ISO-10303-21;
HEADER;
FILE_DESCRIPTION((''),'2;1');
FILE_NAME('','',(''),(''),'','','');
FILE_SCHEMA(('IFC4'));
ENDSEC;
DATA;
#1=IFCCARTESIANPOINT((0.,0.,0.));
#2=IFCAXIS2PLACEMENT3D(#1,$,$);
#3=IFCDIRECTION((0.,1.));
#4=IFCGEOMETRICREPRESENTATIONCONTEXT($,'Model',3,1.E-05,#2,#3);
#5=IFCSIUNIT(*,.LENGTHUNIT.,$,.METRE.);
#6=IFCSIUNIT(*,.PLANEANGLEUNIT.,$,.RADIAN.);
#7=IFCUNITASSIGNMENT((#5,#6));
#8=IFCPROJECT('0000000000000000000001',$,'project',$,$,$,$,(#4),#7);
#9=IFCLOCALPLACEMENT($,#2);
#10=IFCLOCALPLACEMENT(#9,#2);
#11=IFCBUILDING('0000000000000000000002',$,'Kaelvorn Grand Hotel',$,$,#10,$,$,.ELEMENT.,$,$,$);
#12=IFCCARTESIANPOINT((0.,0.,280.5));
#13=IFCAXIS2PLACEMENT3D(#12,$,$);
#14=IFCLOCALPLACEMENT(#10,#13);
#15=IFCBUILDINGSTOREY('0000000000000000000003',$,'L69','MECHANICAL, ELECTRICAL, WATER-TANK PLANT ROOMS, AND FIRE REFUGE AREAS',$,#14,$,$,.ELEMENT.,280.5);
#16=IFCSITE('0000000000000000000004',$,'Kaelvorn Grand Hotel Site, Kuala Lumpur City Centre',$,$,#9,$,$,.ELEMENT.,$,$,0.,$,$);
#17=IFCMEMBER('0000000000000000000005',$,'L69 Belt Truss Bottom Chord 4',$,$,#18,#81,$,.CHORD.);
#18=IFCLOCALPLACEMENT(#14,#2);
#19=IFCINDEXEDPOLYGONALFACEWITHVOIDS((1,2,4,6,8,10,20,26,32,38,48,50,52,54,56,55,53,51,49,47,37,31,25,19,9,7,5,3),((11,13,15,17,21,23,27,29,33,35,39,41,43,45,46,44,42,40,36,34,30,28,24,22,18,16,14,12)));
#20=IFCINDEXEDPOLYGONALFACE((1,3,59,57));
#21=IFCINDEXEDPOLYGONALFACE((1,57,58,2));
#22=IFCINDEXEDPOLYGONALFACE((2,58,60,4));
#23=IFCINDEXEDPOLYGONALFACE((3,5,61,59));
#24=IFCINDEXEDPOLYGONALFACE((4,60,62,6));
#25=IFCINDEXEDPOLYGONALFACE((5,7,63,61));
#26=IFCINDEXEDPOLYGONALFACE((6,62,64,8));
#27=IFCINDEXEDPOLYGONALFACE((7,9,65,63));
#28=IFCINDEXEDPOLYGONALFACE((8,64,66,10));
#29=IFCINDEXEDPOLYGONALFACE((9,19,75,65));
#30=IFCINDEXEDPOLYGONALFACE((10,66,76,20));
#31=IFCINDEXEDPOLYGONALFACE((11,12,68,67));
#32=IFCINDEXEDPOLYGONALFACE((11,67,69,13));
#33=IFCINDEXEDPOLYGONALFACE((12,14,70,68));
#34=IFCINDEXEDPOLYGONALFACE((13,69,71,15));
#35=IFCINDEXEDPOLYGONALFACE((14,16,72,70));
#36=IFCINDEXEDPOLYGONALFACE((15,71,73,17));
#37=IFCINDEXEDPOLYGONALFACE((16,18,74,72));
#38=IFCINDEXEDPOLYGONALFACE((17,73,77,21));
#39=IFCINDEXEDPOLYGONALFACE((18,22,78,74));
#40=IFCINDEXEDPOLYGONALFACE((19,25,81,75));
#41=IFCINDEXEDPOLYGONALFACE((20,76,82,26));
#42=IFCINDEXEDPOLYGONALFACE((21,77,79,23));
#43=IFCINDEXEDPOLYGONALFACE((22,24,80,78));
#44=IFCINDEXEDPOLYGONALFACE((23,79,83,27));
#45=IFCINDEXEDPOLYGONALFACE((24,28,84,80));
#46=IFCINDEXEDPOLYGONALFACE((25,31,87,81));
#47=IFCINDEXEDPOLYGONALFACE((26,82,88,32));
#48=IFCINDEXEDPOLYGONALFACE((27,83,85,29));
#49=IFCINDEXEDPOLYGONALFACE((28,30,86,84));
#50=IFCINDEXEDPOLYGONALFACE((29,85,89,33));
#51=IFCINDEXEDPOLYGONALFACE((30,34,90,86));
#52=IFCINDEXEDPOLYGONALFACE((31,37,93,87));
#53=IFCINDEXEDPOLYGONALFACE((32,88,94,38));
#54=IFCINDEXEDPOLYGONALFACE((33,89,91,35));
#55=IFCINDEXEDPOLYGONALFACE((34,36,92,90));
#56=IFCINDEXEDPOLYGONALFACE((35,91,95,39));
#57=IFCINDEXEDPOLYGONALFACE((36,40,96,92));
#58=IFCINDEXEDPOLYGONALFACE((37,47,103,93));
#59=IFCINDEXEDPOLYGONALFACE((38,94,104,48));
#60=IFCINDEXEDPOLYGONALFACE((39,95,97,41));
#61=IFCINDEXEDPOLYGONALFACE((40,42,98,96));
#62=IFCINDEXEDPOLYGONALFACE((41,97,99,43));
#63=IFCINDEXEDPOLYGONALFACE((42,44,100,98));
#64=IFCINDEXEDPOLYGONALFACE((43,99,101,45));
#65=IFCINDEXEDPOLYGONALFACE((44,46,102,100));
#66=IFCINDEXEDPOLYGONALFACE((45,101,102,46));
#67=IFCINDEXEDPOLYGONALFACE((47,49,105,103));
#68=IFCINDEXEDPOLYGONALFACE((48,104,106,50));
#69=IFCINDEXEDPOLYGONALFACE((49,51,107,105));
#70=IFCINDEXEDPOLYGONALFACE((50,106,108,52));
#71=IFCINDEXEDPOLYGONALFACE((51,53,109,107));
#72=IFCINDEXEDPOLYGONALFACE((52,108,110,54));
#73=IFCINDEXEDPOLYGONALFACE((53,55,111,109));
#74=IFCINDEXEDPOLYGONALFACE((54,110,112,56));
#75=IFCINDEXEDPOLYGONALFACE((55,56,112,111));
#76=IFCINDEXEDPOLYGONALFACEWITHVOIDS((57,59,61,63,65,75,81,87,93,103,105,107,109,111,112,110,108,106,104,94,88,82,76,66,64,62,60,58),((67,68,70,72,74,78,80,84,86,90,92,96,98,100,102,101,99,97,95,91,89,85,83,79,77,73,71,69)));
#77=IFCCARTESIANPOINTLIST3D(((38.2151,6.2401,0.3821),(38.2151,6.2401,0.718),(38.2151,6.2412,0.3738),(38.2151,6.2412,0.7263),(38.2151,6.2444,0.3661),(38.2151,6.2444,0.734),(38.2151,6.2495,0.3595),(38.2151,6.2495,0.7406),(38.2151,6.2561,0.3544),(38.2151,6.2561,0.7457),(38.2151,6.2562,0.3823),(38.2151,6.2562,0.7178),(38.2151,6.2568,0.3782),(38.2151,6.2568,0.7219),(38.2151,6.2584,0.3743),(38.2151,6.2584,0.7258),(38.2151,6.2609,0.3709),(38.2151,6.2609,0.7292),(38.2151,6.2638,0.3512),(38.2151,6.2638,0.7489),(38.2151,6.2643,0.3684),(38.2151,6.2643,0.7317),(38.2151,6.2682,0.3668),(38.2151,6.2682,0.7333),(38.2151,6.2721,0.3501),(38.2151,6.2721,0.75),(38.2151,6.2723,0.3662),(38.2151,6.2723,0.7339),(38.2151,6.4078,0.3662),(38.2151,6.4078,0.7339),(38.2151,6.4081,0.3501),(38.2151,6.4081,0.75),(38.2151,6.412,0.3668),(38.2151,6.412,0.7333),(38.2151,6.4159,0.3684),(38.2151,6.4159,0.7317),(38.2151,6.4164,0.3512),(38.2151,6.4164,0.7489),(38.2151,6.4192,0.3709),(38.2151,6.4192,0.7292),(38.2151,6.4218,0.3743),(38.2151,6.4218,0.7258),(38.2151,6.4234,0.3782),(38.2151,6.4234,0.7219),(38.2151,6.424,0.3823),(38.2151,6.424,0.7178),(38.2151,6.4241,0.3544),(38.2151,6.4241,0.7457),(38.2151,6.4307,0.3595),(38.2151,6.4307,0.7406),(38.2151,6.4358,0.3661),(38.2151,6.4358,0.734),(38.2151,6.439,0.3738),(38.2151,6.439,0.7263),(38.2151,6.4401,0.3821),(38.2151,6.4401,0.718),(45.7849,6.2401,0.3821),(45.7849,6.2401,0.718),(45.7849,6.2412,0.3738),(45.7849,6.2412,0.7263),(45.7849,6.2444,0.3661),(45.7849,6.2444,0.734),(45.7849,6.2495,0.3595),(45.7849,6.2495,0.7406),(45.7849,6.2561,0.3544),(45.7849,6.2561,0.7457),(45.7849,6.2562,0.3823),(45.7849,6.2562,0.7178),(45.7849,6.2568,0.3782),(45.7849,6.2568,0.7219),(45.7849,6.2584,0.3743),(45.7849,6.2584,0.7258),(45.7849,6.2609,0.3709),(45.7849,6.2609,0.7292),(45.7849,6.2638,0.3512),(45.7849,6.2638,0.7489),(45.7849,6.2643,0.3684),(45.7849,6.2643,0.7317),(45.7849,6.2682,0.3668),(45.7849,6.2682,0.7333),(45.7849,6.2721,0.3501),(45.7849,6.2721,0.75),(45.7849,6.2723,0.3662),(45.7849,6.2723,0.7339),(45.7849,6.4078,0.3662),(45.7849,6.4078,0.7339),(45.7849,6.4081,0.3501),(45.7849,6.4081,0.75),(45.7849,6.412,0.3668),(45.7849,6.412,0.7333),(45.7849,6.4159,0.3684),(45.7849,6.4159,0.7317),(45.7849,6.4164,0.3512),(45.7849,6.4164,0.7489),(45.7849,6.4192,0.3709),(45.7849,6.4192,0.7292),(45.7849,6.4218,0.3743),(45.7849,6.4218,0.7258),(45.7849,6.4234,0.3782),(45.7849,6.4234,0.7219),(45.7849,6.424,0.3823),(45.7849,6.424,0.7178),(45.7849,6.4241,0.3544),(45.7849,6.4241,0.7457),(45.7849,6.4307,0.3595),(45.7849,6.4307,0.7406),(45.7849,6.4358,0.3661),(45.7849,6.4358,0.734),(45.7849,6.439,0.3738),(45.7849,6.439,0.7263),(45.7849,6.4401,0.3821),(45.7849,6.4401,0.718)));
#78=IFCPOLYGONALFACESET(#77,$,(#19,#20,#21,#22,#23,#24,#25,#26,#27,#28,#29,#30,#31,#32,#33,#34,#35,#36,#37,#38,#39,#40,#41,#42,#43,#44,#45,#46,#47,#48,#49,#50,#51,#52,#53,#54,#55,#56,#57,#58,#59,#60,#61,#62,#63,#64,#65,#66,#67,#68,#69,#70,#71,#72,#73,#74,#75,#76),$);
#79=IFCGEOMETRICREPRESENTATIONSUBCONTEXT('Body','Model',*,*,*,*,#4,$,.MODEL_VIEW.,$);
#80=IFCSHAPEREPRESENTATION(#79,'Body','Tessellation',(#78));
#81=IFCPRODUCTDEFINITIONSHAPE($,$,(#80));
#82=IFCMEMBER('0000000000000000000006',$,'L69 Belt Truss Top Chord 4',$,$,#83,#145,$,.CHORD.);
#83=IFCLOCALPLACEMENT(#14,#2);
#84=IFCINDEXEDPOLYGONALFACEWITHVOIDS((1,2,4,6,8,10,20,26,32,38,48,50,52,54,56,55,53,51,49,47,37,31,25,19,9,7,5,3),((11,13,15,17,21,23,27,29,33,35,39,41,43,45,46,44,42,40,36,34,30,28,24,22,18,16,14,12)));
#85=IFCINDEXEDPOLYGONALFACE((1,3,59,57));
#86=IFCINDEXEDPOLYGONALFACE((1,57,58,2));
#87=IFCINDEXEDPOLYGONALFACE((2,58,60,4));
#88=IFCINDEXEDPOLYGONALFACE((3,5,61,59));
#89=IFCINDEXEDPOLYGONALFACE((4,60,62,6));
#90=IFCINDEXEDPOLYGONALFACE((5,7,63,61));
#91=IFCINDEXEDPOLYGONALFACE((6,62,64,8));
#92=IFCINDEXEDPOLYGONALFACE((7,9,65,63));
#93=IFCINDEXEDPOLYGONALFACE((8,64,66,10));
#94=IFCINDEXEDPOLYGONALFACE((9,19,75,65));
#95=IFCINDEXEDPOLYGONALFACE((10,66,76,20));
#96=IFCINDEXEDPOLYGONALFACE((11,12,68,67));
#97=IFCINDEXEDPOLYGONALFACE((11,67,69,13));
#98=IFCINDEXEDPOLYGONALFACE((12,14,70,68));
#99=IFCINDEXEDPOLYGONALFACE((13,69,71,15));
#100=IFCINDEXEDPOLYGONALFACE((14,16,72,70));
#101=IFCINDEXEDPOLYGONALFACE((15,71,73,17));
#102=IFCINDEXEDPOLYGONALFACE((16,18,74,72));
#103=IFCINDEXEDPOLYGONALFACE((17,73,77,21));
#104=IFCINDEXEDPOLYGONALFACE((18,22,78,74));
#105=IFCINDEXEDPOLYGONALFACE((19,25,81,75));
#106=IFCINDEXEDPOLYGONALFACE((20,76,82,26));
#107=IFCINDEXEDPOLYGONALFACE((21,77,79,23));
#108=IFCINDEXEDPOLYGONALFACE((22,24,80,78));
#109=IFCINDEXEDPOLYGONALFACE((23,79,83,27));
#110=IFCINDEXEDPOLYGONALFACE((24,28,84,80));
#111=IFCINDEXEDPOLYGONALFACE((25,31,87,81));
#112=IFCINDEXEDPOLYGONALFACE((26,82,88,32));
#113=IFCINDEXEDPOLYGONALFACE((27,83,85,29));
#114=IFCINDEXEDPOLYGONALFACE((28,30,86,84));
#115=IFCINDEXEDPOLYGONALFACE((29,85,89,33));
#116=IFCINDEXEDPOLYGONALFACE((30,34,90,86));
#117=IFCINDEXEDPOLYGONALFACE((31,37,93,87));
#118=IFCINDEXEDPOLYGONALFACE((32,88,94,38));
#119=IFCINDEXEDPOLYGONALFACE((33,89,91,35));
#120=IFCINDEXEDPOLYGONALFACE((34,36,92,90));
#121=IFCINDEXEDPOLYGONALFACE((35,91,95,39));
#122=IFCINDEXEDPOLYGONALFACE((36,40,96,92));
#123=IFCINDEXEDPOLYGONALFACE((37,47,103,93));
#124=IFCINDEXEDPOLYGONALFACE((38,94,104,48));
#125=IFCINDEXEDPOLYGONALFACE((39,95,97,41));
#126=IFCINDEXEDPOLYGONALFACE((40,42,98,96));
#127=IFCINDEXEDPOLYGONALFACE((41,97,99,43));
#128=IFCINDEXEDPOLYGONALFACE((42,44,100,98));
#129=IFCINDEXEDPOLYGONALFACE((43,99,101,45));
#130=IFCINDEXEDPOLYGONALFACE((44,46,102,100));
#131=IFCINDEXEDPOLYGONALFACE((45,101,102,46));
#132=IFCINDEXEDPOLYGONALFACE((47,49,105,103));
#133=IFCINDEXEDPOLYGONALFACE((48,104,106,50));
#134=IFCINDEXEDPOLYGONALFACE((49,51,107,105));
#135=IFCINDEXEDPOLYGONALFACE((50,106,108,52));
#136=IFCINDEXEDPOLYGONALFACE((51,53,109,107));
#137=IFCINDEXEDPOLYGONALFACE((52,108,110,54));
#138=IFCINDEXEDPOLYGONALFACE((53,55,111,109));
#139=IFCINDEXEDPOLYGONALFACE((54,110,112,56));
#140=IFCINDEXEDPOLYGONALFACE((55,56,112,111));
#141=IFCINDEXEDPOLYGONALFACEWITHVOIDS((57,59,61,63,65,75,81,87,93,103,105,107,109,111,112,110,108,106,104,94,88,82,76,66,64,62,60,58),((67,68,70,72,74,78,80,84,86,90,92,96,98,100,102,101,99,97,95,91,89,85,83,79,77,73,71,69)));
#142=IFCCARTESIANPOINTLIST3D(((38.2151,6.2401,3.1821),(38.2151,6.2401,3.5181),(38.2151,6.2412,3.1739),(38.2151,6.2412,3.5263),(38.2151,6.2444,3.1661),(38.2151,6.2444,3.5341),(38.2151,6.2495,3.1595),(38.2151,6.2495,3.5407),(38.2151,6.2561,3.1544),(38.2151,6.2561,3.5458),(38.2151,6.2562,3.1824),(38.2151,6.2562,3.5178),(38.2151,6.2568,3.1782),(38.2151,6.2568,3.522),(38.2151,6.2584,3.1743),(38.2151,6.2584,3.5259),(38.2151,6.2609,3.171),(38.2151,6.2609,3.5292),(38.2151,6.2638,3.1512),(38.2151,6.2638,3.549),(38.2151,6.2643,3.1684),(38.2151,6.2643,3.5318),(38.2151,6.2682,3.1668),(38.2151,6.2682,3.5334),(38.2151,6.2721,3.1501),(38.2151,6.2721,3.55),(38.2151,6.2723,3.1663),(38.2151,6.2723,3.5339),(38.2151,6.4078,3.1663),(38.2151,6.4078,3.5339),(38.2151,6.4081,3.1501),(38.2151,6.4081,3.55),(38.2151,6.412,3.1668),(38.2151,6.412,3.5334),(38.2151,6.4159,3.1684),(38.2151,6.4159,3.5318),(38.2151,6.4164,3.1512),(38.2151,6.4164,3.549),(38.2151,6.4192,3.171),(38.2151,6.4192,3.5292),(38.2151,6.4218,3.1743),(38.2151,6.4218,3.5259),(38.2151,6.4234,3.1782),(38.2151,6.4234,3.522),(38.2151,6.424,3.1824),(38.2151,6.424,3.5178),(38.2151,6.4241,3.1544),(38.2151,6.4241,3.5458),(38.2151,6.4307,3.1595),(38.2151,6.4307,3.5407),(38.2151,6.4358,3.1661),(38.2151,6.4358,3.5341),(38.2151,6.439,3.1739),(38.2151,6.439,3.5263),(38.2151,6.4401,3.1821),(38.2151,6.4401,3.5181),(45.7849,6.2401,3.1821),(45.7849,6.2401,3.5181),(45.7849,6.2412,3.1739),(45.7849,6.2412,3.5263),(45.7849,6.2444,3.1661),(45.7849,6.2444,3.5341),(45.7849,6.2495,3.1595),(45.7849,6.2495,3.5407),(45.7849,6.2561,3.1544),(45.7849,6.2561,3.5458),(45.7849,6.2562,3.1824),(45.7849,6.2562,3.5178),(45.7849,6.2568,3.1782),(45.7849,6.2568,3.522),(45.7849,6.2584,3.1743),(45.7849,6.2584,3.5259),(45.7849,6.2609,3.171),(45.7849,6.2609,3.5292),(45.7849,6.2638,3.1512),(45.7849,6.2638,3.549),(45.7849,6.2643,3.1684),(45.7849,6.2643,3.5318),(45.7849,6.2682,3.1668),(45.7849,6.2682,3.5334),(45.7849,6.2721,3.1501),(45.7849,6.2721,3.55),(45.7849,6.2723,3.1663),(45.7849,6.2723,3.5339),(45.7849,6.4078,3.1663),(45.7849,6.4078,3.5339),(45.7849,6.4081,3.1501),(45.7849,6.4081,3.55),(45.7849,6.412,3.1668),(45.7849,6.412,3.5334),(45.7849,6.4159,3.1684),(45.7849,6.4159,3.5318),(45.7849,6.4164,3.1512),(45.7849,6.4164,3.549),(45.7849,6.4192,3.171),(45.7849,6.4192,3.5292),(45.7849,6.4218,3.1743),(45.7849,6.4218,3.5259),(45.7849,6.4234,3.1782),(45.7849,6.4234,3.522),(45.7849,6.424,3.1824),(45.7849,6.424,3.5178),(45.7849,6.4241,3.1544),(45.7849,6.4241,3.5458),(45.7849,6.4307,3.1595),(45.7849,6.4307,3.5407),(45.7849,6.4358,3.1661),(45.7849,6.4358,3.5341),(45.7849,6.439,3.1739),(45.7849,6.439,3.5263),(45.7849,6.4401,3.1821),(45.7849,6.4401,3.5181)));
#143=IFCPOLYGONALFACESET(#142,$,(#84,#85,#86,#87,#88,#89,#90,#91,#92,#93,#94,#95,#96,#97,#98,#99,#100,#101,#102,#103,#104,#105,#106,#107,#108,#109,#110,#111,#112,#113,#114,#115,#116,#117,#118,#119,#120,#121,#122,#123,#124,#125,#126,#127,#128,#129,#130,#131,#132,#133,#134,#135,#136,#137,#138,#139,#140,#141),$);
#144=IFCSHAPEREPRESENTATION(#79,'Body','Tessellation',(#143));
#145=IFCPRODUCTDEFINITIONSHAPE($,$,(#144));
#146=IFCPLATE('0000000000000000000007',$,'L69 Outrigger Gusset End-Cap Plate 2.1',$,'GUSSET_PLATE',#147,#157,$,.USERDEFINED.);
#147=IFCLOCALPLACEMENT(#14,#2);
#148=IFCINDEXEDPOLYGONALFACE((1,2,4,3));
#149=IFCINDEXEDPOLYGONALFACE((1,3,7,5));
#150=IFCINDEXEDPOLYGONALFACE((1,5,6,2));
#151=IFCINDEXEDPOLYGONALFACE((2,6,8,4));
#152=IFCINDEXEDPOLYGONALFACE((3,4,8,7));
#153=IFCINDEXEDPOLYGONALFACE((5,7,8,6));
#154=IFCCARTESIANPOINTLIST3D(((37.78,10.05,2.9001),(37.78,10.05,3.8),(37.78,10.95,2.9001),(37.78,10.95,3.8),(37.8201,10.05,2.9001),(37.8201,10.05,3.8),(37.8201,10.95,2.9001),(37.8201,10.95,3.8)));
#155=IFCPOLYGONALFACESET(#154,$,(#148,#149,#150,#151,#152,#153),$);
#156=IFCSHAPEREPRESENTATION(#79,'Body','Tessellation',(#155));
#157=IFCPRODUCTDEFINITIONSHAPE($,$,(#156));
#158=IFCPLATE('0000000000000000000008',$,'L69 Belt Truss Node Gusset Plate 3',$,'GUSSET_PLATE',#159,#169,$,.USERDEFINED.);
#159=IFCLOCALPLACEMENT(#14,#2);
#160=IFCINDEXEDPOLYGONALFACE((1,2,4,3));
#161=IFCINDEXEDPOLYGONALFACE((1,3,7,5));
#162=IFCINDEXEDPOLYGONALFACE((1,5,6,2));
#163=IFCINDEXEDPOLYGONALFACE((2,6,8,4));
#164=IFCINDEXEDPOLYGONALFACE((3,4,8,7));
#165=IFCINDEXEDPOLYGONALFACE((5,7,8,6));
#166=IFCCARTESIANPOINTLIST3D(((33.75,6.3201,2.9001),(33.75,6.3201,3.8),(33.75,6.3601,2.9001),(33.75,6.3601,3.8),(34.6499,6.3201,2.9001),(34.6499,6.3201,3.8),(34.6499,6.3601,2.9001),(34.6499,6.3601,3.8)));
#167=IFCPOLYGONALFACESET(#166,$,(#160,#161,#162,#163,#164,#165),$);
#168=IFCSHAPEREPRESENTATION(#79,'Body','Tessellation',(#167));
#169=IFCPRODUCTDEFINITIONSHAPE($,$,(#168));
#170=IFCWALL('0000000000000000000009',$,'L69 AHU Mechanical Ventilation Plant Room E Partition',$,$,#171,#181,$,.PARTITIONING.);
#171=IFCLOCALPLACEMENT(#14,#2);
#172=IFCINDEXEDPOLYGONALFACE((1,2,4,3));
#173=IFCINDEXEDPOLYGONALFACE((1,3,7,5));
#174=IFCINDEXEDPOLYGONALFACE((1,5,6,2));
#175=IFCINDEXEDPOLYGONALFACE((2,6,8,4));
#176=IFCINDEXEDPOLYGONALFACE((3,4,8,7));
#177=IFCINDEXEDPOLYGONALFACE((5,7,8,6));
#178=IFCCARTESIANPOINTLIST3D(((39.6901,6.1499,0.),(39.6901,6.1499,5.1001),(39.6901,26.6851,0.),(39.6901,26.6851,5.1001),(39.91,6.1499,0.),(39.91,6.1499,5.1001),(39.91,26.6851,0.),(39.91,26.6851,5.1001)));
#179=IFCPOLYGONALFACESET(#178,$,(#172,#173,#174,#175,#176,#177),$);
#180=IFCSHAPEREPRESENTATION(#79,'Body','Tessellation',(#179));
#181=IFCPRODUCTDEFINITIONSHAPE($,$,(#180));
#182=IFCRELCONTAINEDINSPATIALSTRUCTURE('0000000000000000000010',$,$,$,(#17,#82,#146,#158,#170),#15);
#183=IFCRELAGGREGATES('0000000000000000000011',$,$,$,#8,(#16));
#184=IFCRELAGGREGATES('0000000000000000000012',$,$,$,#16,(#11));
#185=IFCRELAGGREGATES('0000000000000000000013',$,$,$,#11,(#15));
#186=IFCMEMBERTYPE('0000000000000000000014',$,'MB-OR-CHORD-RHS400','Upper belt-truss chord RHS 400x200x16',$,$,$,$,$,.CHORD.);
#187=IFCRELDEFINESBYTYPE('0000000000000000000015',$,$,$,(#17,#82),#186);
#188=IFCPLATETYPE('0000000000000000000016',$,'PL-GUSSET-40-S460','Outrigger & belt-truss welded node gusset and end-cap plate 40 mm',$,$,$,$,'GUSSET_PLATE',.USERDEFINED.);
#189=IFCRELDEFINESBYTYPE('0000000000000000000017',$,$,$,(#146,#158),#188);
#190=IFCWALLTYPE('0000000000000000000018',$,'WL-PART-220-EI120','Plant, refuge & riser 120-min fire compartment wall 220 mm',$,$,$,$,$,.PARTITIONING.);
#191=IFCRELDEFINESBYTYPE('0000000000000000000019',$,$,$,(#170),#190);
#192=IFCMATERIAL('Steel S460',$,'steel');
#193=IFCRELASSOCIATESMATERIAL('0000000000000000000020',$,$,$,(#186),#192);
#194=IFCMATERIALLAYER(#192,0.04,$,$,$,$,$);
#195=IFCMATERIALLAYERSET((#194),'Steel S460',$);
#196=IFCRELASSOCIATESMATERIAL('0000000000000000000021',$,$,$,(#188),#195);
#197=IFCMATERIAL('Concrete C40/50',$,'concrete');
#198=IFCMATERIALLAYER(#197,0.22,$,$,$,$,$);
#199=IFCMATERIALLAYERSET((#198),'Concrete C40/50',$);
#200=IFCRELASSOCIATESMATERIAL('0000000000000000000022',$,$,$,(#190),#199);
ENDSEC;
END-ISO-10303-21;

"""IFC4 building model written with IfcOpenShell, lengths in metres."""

from ifc_helpers import new_model, si_unit, direction, frame, frame_2d, origin, origin_2d, place, context, subcontext, project, spatial, rectangle, hollow_rectangle, extrude, material, layer, layer_set, material_profile, profile_set, type_object, element, save


model = new_model("IFC4")

# Units and contexts
model_context = context("Model", 3, precision=1e-05, world=origin(), true_north=direction((0.0, 1.0)))
body_context = subcontext(model_context, "Body", "Model", "MODEL_VIEW")
ifc_project = project(units=[si_unit("LENGTHUNIT", "METRE"), si_unit("PLANEANGLEUNIT", "RADIAN")], contexts=[model_context])

# Site, building, storey
site_placement = place(None, origin())
site = spatial("IfcSite", under=ifc_project, at=site_placement, Name="Kaelvorn Grand Hotel Site, Kuala Lumpur City Centre", CompositionType="ELEMENT", RefElevation=0.0)
building_placement = place(site_placement, origin())
building = spatial("IfcBuilding", under=site, at=building_placement, Name="Kaelvorn Grand Hotel", CompositionType="ELEMENT")
storey_placement = place(building_placement, frame((0.0, 0.0, 280.5)))
storey = spatial("IfcBuildingStorey", under=building, at=storey_placement, Name="L69", Description="MECHANICAL, ELECTRICAL, WATER-TANK PLANT ROOMS, AND FIRE REFUGE AREAS", CompositionType="ELEMENT", Elevation=280.5)

# Shared definitions
ifc_material_1 = material(Name="Steel S460", Category="steel")

# Members
ifc_material_profile_1 = material_profile(ifc_material_1, hollow_rectangle(XDim=0.2, YDim=0.3999, WallThickness=0.0161, InnerFilletRadius=0.0161, OuterFilletRadius=0.032, at=origin_2d()), Name="RHS 400x200x16.0")
ifc_profile_set_1 = profile_set([ifc_material_profile_1], Name="Steel S460")
member_type_1 = type_object("IfcMemberType", Name="MB-OR-CHORD-RHS400", Description="Upper belt-truss chord RHS 400x200x16", PredefinedType="CHORD", material=ifc_profile_set_1)
for number, where, z_axis, x_axis, name in (
    (1, (38.2151, 6.3401, 0.55), (1.0, 0.0, 0.0), (0.0, 1.0, 0.0), "L69 Belt Truss Bottom Chord 4"),
    (2, (38.2151, 6.3401, 3.3501), (1.0, 0.0, 0.0), (0.0, 1.0, 0.0), "L69 Belt Truss Top Chord 4"),
):
    element("IfcMember", number, at=place(storey_placement, frame(where, z_axis=z_axis, x_axis=x_axis)), inside=storey, type_object=member_type_1, Name=name, PredefinedType="CHORD", context=body_context, shape_type="SweptSolid", body=[
        extrude(hollow_rectangle(XDim=0.2, YDim=0.3999, WallThickness=0.0161, InnerFilletRadius=0.0161, OuterFilletRadius=0.032, at=origin_2d()), origin(), (0.0, 0.0, 1.0), 7.5698),
    ])

# Plates
ifc_layer_1 = layer(ifc_material_1, 0.04)
ifc_layer_set_1 = layer_set([ifc_layer_1], Name="Steel S460")
plate_type = type_object("IfcPlateType", Name="PL-GUSSET-40-S460", Description="Outrigger & belt-truss welded node gusset and end-cap plate 40 mm", ElementType="GUSSET_PLATE", PredefinedType="USERDEFINED", material=ifc_layer_set_1)
plate_1_placement = place(storey_placement, frame((37.8, 10.5, 2.9001), z_axis=(0.0, 0.0, 1.0), x_axis=(1.0, 0.0, 0.0)))
element("IfcPlate", 3, at=plate_1_placement, inside=storey, type_object=plate_type, Name="L69 Outrigger Gusset End-Cap Plate 2.1", ObjectType="GUSSET_PLATE", PredefinedType="USERDEFINED", context=body_context, shape_type="SweptSolid", body=[
    extrude(rectangle(XDim=0.04, YDim=0.8999, at=origin_2d()), origin(), (0.0, 0.0, 1.0), 0.8999),
])
plate_2_placement = place(storey_placement, frame((34.2, 6.3401, 2.9001), z_axis=(0.0, 0.0, 1.0), x_axis=(1.0, 0.0, 0.0)))
element("IfcPlate", 4, at=plate_2_placement, inside=storey, type_object=plate_type, Name="L69 Belt Truss Node Gusset Plate 3", ObjectType="GUSSET_PLATE", PredefinedType="USERDEFINED", context=body_context, shape_type="SweptSolid", body=[
    extrude(rectangle(XDim=0.8999, YDim=0.04, at=origin_2d()), origin(), (0.0, 0.0, 1.0), 0.8999),
])

# Wall
ifc_material_2 = material(Name="Concrete C40/50", Category="concrete")
ifc_layer_2 = layer(ifc_material_2, 0.22)
ifc_layer_set_2 = layer_set([ifc_layer_2], Name="Concrete C40/50")
wall_type = type_object("IfcWallType", Name="WL-PART-220-EI120", Description="Plant, refuge & riser 120-min fire compartment wall 220 mm", PredefinedType="PARTITIONING", material=ifc_layer_set_2)
wall_placement = place(storey_placement, frame((39.8, 6.1499, 0.0), z_axis=(0.0, 0.0, 1.0), x_axis=(0.0, 1.0, 0.0)))
element("IfcWall", 5, at=wall_placement, inside=storey, type_object=wall_type, Name="L69 AHU Mechanical Ventilation Plant Room E Partition", PredefinedType="PARTITIONING", context=body_context, shape_type="SweptSolid", body=[
    extrude(rectangle(XDim=20.5352, YDim=0.22, at=frame_2d((10.2676, 0.0))), origin(), (0.0, 0.0, 1.0), 5.1001),
])

save(model, "model.ifc")
